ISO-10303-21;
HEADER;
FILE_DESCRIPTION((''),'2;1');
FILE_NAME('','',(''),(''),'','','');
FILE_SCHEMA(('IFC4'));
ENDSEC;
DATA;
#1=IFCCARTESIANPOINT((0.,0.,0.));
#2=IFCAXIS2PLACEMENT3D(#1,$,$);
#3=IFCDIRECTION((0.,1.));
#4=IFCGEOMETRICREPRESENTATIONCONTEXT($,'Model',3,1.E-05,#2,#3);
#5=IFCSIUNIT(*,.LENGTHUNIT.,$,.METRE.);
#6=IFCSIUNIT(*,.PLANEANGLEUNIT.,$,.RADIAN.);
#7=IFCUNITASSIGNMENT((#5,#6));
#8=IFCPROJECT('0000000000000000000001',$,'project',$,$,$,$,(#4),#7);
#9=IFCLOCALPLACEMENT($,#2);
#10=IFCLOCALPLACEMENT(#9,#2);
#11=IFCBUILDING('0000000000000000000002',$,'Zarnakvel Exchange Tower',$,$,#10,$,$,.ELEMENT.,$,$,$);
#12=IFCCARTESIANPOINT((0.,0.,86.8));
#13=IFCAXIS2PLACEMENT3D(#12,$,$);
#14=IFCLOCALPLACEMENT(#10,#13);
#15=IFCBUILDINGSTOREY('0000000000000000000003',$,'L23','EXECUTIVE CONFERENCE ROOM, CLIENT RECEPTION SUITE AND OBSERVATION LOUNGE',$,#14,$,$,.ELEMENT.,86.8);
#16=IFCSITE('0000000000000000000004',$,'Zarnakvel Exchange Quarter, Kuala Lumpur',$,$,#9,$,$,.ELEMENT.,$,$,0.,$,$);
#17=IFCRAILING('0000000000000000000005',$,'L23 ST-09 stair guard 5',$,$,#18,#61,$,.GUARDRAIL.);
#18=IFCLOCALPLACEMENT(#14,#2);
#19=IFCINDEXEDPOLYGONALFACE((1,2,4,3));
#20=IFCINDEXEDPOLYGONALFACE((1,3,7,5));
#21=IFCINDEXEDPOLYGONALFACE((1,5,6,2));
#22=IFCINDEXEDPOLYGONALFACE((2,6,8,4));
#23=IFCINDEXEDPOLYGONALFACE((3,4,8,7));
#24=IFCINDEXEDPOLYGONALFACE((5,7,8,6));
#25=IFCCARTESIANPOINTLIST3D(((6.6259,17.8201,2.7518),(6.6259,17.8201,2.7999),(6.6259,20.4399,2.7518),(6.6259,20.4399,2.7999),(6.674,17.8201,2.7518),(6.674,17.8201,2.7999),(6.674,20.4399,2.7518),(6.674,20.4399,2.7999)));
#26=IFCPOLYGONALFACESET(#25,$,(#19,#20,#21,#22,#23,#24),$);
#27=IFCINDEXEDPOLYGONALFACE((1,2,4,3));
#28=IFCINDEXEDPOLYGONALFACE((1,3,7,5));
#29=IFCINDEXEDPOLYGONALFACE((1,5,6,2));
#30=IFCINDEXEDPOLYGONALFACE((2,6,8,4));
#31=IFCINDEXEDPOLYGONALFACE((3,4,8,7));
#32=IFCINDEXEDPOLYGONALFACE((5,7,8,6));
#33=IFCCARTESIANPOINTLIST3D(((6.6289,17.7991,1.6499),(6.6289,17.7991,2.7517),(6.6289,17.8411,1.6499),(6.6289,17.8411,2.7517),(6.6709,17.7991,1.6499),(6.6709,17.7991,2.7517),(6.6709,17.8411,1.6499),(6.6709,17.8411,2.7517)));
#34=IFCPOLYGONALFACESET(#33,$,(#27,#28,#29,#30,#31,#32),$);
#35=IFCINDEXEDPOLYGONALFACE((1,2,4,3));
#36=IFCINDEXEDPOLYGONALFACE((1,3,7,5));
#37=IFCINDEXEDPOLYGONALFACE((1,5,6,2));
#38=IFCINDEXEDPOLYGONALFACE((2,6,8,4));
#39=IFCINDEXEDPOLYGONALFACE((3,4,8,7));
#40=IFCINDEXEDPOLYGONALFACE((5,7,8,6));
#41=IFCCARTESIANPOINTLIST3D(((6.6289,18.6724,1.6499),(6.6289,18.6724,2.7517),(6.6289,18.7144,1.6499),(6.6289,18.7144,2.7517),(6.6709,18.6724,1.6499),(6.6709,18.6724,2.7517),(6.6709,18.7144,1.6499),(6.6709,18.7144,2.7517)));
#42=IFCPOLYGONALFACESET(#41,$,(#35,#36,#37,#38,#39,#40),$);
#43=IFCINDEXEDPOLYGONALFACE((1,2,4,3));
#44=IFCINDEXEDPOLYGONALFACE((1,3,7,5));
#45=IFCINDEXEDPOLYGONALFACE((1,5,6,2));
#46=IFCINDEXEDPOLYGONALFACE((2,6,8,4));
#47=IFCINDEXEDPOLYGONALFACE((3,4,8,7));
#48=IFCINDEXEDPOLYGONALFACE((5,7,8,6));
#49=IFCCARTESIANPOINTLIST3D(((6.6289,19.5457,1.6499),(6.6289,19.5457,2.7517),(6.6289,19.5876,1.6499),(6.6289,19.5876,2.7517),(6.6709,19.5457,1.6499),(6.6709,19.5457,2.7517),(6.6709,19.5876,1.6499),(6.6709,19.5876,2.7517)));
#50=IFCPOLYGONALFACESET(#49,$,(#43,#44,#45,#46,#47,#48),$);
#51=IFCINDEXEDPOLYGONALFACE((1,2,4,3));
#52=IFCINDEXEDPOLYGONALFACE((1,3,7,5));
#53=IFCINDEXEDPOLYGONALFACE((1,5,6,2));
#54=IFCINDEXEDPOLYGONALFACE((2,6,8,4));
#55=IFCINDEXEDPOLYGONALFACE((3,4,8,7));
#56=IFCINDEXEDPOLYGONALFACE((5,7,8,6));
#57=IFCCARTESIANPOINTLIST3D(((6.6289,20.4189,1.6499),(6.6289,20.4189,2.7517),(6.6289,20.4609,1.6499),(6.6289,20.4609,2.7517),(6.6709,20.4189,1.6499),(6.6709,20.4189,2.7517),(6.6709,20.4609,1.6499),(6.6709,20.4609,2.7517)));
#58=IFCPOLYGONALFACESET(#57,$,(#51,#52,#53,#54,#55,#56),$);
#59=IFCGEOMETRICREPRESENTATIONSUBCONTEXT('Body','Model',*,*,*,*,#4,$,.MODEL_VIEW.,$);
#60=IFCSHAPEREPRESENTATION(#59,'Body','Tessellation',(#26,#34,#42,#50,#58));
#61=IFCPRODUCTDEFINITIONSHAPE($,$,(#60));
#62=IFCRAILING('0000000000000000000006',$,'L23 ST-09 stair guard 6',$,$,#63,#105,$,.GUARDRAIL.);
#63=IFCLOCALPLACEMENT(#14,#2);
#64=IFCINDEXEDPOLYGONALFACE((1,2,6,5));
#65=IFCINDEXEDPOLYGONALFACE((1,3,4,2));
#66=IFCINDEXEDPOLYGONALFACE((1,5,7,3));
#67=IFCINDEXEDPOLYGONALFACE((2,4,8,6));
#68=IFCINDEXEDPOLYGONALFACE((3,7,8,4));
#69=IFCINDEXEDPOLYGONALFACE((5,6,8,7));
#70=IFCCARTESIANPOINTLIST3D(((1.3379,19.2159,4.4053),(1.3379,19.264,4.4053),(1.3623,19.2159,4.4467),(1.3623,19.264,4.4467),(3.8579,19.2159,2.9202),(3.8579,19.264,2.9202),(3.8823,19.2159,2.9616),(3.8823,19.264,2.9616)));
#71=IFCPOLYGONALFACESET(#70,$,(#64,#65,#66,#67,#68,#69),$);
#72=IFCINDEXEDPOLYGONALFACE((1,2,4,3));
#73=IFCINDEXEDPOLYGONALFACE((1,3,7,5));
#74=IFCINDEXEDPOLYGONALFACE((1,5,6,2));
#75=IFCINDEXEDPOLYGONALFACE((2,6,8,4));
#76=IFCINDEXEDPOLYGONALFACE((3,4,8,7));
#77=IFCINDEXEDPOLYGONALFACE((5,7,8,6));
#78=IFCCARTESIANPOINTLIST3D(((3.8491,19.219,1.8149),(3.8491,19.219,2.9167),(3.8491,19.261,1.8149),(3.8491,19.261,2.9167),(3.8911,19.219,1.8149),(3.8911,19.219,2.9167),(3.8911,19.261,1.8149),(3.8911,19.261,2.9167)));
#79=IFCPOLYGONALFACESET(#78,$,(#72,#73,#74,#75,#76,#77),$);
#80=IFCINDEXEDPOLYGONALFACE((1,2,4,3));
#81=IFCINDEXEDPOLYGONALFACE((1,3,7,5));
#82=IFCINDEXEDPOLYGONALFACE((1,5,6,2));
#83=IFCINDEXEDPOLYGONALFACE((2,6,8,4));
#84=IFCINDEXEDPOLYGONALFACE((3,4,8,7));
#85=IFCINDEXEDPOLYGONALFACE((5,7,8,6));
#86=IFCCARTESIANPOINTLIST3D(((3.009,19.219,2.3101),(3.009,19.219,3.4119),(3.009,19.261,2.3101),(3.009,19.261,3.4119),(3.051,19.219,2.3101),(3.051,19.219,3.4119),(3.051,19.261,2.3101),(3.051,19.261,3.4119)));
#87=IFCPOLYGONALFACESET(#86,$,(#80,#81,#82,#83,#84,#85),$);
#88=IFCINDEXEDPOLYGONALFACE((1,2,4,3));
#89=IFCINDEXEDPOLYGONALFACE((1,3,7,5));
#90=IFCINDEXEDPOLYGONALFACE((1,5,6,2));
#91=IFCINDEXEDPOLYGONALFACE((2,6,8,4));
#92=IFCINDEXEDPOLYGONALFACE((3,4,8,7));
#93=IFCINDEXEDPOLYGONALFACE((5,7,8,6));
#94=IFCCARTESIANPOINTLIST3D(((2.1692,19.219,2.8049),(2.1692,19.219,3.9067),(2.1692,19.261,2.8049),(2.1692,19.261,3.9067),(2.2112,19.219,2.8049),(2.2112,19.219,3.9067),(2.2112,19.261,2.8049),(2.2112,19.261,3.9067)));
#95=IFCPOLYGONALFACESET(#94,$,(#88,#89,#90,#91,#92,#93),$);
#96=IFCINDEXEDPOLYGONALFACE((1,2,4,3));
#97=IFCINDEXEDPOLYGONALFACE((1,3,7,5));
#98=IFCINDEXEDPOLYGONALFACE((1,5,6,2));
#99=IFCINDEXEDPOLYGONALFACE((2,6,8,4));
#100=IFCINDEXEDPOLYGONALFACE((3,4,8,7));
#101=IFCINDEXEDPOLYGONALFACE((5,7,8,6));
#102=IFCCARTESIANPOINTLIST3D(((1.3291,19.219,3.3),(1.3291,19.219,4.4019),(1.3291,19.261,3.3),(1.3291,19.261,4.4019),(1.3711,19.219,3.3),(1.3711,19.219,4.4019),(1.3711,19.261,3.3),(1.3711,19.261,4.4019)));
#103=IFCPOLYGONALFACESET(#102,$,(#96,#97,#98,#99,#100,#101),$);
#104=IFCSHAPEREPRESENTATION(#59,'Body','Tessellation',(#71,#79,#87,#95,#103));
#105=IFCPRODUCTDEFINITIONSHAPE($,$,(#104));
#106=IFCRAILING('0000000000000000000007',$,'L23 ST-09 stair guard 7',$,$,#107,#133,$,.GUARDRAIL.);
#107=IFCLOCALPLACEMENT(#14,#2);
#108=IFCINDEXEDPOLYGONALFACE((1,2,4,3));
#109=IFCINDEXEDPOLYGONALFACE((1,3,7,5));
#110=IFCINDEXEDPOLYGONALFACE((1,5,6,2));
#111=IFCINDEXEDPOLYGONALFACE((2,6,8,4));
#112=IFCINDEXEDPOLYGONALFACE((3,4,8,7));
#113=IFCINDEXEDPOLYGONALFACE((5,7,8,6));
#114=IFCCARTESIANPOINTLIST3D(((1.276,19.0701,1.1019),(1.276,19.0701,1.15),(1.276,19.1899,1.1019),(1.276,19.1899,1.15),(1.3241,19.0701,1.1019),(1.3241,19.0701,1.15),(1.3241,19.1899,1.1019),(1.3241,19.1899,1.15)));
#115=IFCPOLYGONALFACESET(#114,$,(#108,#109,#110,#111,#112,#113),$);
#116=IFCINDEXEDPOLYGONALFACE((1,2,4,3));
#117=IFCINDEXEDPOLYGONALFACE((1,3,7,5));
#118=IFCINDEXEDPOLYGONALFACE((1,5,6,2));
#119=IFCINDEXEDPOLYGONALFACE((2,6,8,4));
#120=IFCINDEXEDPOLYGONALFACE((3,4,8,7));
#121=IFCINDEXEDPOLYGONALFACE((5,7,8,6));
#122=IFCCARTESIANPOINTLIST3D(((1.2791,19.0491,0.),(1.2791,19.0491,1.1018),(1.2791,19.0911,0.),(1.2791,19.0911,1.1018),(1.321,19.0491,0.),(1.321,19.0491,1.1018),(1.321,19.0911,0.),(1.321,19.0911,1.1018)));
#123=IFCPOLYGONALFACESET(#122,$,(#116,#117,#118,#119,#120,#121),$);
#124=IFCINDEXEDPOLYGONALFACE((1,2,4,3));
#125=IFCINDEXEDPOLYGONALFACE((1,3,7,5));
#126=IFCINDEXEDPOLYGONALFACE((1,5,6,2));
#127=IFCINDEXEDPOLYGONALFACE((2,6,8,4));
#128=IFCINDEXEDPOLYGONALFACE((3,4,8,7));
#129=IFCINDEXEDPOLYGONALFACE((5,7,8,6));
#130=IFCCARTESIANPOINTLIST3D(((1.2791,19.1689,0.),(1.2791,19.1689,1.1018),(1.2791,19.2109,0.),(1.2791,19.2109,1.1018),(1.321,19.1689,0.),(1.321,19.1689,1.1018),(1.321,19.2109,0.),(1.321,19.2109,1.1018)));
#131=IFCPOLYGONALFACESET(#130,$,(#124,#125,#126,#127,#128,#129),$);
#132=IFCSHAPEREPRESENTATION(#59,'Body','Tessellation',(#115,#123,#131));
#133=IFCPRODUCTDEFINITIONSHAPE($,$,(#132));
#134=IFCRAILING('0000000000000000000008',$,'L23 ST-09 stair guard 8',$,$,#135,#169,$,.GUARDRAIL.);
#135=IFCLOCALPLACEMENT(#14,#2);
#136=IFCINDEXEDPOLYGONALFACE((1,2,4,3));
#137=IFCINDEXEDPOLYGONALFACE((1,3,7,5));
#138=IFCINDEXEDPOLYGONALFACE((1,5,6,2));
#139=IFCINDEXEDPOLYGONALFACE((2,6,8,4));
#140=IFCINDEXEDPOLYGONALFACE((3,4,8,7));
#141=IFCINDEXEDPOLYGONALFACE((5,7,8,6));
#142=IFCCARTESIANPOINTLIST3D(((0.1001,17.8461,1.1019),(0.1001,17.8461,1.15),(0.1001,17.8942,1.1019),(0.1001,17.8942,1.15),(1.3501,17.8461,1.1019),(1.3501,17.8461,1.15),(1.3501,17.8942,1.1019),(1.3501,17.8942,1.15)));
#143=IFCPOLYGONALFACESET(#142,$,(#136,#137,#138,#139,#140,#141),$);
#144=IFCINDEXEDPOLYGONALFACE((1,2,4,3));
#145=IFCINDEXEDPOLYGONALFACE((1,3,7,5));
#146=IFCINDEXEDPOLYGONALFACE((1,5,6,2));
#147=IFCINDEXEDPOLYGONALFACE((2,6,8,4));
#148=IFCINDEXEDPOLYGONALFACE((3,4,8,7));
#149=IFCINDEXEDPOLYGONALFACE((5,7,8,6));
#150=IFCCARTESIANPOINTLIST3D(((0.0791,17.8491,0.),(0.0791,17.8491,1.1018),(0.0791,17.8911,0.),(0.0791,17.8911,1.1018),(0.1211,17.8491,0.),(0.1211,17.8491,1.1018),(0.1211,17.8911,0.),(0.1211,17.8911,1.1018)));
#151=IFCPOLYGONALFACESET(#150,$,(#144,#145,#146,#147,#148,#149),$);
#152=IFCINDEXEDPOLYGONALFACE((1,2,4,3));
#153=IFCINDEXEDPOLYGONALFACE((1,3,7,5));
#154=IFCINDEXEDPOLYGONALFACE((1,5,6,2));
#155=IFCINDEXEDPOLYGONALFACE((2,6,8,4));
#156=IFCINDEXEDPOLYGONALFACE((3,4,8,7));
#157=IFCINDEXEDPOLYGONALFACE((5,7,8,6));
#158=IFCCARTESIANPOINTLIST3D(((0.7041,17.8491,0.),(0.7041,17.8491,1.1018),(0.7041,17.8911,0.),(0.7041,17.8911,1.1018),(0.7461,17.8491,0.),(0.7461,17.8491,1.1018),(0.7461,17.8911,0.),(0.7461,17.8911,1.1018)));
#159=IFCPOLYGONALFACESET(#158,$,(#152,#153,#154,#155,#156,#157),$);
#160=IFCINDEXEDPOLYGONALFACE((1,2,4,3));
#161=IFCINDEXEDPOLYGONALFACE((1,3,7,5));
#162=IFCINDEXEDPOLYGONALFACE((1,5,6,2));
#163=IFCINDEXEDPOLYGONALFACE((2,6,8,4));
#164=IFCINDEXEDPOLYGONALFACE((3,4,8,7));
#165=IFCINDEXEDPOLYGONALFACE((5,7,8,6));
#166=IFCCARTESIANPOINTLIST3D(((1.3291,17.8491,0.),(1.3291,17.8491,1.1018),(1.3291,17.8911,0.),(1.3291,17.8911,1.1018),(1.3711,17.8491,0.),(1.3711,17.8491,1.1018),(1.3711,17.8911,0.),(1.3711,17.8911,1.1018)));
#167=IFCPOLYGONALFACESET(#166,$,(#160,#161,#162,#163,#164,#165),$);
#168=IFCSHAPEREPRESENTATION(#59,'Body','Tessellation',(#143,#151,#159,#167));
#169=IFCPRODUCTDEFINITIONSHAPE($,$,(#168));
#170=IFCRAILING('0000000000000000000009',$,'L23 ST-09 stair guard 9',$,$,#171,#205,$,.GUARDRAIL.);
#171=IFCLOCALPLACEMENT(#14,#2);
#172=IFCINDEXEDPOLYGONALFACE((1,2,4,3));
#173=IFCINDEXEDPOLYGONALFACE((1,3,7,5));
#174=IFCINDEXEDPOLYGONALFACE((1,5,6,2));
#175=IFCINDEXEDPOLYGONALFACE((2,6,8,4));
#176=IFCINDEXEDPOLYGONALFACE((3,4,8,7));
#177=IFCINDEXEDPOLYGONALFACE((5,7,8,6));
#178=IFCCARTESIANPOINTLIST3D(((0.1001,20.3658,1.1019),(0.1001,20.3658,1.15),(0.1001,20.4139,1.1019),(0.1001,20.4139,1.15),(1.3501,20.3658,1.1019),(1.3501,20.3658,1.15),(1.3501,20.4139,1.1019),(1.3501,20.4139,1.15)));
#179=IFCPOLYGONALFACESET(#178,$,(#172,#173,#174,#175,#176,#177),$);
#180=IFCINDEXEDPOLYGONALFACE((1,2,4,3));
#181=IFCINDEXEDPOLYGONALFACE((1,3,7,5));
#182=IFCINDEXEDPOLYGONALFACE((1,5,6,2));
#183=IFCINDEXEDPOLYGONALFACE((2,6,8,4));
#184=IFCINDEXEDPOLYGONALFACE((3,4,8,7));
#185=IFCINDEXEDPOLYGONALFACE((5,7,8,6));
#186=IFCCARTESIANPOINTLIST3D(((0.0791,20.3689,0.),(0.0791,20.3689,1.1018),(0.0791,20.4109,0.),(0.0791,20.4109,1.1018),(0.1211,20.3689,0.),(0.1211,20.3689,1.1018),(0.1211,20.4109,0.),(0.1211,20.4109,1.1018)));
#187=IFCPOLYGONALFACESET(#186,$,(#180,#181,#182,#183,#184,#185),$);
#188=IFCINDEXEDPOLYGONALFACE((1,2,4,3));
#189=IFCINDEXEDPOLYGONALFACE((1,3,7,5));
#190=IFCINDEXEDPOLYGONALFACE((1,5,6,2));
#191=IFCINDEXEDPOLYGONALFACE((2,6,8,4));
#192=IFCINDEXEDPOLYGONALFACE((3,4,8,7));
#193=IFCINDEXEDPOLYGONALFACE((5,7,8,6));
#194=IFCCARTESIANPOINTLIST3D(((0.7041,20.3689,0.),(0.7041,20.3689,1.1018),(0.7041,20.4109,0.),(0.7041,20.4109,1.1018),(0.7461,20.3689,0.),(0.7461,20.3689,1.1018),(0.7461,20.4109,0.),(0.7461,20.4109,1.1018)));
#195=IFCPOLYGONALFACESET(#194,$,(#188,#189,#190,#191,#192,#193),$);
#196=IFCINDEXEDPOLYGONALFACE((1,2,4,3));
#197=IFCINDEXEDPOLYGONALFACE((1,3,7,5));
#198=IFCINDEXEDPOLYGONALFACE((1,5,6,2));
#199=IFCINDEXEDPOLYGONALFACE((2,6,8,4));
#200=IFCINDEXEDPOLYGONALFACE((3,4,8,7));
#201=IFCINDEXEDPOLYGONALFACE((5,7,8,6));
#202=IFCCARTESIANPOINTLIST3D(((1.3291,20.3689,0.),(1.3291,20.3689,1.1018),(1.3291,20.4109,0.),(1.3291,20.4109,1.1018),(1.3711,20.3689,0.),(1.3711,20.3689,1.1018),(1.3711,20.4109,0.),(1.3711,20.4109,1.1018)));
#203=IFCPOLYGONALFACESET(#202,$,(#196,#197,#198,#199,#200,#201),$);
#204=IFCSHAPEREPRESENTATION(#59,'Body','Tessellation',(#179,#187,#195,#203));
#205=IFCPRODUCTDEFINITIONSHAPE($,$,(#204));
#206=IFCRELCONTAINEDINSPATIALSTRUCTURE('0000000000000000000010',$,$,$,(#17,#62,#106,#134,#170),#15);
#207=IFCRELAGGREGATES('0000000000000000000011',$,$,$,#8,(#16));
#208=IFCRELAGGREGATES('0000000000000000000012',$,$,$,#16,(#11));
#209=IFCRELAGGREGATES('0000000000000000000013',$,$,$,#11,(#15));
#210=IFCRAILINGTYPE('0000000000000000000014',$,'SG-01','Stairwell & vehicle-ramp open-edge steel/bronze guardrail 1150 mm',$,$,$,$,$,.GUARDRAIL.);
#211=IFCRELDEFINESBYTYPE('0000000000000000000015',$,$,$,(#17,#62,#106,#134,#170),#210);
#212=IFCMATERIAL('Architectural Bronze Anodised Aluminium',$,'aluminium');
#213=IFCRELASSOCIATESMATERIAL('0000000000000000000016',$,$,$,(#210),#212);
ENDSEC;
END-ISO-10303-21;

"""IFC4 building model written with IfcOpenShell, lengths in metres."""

from ifc_helpers import new_model, si_unit, direction, frame, origin, origin_2d, place, context, subcontext, project, spatial, rectangle, extrude, material, type_object, element, save


model = new_model("IFC4")

# Units and contexts
model_context = context("Model", 3, precision=1e-05, world=origin(), true_north=direction((0.0, 1.0)))
body_context = subcontext(model_context, "Body", "Model", "MODEL_VIEW")
ifc_project = project(units=[si_unit("LENGTHUNIT", "METRE"), si_unit("PLANEANGLEUNIT", "RADIAN")], contexts=[model_context])

# Site, building, storey
site_placement = place(None, origin())
site = spatial("IfcSite", under=ifc_project, at=site_placement, Name="Zarnakvel Exchange Quarter, Kuala Lumpur", CompositionType="ELEMENT", RefElevation=0.0)
building_placement = place(site_placement, origin())
building = spatial("IfcBuilding", under=site, at=building_placement, Name="Zarnakvel Exchange Tower", CompositionType="ELEMENT")
storey_placement = place(building_placement, frame((0.0, 0.0, 86.8)))
storey = spatial("IfcBuildingStorey", under=building, at=storey_placement, Name="L23", Description="EXECUTIVE CONFERENCE ROOM, CLIENT RECEPTION SUITE AND OBSERVATION LOUNGE", CompositionType="ELEMENT", Elevation=86.8)

# Railings
ifc_material_1 = material(Name="Architectural Bronze Anodised Aluminium", Category="aluminium")
railing_type_1 = type_object("IfcRailingType", Name="SG-01", Description="Stairwell & vehicle-ramp open-edge steel/bronze guardrail 1150 mm", PredefinedType="GUARDRAIL", material=ifc_material_1)
railing_1_placement = place(storey_placement, frame((6.6499, 17.8201, 1.6499)))
element("IfcRailing", 1, at=railing_1_placement, inside=storey, type_object=railing_type_1, Name="L23 ST-09 stair guard 5", PredefinedType="GUARDRAIL", context=body_context, shape_type="SweptSolid", body=[
    extrude(rectangle(XDim=0.0481, YDim=0.0481, at=origin_2d()), frame((0.0, 0.0, 1.126), z_axis=(0.0, 1.0, 0.0), x_axis=(-1.0, 0.0, 0.0)), (0.0, 0.0, 1.0), 2.6199),
    extrude(rectangle(XDim=0.042, YDim=0.042, at=origin_2d()), origin(), (0.0, 0.0, 1.0), 1.1018),
    extrude(rectangle(XDim=0.042, YDim=0.042, at=origin_2d()), frame((0.0, 0.8733, 0.0)), (0.0, 0.0, 1.0), 1.1018),
    extrude(rectangle(XDim=0.042, YDim=0.042, at=origin_2d()), frame((0.0, 1.7466, 0.0)), (0.0, 0.0, 1.0), 1.1018),
    extrude(rectangle(XDim=0.042, YDim=0.042, at=origin_2d()), frame((0.0, 2.6199, 0.0)), (0.0, 0.0, 1.0), 1.1018),
])
railing_2_placement = place(storey_placement, frame((3.8701, 19.24, 1.8149)))
element("IfcRailing", 2, at=railing_2_placement, inside=storey, type_object=railing_type_1, Name="L23 ST-09 stair guard 6", PredefinedType="GUARDRAIL", context=body_context, shape_type="SweptSolid", body=[
    extrude(rectangle(XDim=0.0481, YDim=0.0481, at=origin_2d()), frame((0.0, 0.0, 1.126), z_axis=(-0.861524, 0.0, 0.507717), x_axis=(0.0, -1.0, 0.0)), (0.0, 0.0, 1.0), 2.925),
    extrude(rectangle(XDim=0.042, YDim=0.042, at=origin_2d()), origin(), (0.0, 0.0, 1.0), 1.1018),
    extrude(rectangle(XDim=0.042, YDim=0.042, at=origin_2d()), frame((-0.8401, 0.0, 0.4951)), (0.0, 0.0, 1.0), 1.1018),
    extrude(rectangle(XDim=0.042, YDim=0.042, at=origin_2d()), frame((-1.6799, 0.0, 0.99)), (0.0, 0.0, 1.0), 1.1018),
    extrude(rectangle(XDim=0.042, YDim=0.042, at=origin_2d()), frame((-2.52, 0.0, 1.4851)), (0.0, 0.0, 1.0), 1.1018),
])
railing_3_placement = place(storey_placement, frame((1.3, 19.0701, 0.0)))
element("IfcRailing", 3, at=railing_3_placement, inside=storey, type_object=railing_type_1, Name="L23 ST-09 stair guard 7", PredefinedType="GUARDRAIL", context=body_context, shape_type="SweptSolid", body=[
    extrude(rectangle(XDim=0.0481, YDim=0.0481, at=origin_2d()), frame((0.0, 0.0, 1.126), z_axis=(0.0, 1.0, 0.0), x_axis=(-1.0, 0.0, 0.0)), (0.0, 0.0, 1.0), 0.1199),
    extrude(rectangle(XDim=0.042, YDim=0.042, at=origin_2d()), origin(), (0.0, 0.0, 1.0), 1.1018),
    extrude(rectangle(XDim=0.042, YDim=0.042, at=origin_2d()), frame((0.0, 0.1199, 0.0)), (0.0, 0.0, 1.0), 1.1018),
])
for number, where, name in (
    (4, (0.1001, 17.8701, 0.0), "L23 ST-09 stair guard 8"),
    (5, (0.1001, 20.3899, 0.0), "L23 ST-09 stair guard 9"),
):
    element("IfcRailing", number, at=place(storey_placement, frame(where)), inside=storey, type_object=railing_type_1, Name=name, PredefinedType="GUARDRAIL", context=body_context, shape_type="SweptSolid", body=[
        extrude(rectangle(XDim=0.0481, YDim=0.0481, at=origin_2d()), frame((0.0, 0.0, 1.126), z_axis=(1.0, 0.0, 0.0), x_axis=(0.0, 1.0, 0.0)), (0.0, 0.0, 1.0), 1.25),
        extrude(rectangle(XDim=0.042, YDim=0.042, at=origin_2d()), origin(), (0.0, 0.0, 1.0), 1.1018),
        extrude(rectangle(XDim=0.042, YDim=0.042, at=origin_2d()), frame((0.625, 0.0, 0.0)), (0.0, 0.0, 1.0), 1.1018),
        extrude(rectangle(XDim=0.042, YDim=0.042, at=origin_2d()), frame((1.25, 0.0, 0.0)), (0.0, 0.0, 1.0), 1.1018),
    ])

save(model, "model.ifc")
